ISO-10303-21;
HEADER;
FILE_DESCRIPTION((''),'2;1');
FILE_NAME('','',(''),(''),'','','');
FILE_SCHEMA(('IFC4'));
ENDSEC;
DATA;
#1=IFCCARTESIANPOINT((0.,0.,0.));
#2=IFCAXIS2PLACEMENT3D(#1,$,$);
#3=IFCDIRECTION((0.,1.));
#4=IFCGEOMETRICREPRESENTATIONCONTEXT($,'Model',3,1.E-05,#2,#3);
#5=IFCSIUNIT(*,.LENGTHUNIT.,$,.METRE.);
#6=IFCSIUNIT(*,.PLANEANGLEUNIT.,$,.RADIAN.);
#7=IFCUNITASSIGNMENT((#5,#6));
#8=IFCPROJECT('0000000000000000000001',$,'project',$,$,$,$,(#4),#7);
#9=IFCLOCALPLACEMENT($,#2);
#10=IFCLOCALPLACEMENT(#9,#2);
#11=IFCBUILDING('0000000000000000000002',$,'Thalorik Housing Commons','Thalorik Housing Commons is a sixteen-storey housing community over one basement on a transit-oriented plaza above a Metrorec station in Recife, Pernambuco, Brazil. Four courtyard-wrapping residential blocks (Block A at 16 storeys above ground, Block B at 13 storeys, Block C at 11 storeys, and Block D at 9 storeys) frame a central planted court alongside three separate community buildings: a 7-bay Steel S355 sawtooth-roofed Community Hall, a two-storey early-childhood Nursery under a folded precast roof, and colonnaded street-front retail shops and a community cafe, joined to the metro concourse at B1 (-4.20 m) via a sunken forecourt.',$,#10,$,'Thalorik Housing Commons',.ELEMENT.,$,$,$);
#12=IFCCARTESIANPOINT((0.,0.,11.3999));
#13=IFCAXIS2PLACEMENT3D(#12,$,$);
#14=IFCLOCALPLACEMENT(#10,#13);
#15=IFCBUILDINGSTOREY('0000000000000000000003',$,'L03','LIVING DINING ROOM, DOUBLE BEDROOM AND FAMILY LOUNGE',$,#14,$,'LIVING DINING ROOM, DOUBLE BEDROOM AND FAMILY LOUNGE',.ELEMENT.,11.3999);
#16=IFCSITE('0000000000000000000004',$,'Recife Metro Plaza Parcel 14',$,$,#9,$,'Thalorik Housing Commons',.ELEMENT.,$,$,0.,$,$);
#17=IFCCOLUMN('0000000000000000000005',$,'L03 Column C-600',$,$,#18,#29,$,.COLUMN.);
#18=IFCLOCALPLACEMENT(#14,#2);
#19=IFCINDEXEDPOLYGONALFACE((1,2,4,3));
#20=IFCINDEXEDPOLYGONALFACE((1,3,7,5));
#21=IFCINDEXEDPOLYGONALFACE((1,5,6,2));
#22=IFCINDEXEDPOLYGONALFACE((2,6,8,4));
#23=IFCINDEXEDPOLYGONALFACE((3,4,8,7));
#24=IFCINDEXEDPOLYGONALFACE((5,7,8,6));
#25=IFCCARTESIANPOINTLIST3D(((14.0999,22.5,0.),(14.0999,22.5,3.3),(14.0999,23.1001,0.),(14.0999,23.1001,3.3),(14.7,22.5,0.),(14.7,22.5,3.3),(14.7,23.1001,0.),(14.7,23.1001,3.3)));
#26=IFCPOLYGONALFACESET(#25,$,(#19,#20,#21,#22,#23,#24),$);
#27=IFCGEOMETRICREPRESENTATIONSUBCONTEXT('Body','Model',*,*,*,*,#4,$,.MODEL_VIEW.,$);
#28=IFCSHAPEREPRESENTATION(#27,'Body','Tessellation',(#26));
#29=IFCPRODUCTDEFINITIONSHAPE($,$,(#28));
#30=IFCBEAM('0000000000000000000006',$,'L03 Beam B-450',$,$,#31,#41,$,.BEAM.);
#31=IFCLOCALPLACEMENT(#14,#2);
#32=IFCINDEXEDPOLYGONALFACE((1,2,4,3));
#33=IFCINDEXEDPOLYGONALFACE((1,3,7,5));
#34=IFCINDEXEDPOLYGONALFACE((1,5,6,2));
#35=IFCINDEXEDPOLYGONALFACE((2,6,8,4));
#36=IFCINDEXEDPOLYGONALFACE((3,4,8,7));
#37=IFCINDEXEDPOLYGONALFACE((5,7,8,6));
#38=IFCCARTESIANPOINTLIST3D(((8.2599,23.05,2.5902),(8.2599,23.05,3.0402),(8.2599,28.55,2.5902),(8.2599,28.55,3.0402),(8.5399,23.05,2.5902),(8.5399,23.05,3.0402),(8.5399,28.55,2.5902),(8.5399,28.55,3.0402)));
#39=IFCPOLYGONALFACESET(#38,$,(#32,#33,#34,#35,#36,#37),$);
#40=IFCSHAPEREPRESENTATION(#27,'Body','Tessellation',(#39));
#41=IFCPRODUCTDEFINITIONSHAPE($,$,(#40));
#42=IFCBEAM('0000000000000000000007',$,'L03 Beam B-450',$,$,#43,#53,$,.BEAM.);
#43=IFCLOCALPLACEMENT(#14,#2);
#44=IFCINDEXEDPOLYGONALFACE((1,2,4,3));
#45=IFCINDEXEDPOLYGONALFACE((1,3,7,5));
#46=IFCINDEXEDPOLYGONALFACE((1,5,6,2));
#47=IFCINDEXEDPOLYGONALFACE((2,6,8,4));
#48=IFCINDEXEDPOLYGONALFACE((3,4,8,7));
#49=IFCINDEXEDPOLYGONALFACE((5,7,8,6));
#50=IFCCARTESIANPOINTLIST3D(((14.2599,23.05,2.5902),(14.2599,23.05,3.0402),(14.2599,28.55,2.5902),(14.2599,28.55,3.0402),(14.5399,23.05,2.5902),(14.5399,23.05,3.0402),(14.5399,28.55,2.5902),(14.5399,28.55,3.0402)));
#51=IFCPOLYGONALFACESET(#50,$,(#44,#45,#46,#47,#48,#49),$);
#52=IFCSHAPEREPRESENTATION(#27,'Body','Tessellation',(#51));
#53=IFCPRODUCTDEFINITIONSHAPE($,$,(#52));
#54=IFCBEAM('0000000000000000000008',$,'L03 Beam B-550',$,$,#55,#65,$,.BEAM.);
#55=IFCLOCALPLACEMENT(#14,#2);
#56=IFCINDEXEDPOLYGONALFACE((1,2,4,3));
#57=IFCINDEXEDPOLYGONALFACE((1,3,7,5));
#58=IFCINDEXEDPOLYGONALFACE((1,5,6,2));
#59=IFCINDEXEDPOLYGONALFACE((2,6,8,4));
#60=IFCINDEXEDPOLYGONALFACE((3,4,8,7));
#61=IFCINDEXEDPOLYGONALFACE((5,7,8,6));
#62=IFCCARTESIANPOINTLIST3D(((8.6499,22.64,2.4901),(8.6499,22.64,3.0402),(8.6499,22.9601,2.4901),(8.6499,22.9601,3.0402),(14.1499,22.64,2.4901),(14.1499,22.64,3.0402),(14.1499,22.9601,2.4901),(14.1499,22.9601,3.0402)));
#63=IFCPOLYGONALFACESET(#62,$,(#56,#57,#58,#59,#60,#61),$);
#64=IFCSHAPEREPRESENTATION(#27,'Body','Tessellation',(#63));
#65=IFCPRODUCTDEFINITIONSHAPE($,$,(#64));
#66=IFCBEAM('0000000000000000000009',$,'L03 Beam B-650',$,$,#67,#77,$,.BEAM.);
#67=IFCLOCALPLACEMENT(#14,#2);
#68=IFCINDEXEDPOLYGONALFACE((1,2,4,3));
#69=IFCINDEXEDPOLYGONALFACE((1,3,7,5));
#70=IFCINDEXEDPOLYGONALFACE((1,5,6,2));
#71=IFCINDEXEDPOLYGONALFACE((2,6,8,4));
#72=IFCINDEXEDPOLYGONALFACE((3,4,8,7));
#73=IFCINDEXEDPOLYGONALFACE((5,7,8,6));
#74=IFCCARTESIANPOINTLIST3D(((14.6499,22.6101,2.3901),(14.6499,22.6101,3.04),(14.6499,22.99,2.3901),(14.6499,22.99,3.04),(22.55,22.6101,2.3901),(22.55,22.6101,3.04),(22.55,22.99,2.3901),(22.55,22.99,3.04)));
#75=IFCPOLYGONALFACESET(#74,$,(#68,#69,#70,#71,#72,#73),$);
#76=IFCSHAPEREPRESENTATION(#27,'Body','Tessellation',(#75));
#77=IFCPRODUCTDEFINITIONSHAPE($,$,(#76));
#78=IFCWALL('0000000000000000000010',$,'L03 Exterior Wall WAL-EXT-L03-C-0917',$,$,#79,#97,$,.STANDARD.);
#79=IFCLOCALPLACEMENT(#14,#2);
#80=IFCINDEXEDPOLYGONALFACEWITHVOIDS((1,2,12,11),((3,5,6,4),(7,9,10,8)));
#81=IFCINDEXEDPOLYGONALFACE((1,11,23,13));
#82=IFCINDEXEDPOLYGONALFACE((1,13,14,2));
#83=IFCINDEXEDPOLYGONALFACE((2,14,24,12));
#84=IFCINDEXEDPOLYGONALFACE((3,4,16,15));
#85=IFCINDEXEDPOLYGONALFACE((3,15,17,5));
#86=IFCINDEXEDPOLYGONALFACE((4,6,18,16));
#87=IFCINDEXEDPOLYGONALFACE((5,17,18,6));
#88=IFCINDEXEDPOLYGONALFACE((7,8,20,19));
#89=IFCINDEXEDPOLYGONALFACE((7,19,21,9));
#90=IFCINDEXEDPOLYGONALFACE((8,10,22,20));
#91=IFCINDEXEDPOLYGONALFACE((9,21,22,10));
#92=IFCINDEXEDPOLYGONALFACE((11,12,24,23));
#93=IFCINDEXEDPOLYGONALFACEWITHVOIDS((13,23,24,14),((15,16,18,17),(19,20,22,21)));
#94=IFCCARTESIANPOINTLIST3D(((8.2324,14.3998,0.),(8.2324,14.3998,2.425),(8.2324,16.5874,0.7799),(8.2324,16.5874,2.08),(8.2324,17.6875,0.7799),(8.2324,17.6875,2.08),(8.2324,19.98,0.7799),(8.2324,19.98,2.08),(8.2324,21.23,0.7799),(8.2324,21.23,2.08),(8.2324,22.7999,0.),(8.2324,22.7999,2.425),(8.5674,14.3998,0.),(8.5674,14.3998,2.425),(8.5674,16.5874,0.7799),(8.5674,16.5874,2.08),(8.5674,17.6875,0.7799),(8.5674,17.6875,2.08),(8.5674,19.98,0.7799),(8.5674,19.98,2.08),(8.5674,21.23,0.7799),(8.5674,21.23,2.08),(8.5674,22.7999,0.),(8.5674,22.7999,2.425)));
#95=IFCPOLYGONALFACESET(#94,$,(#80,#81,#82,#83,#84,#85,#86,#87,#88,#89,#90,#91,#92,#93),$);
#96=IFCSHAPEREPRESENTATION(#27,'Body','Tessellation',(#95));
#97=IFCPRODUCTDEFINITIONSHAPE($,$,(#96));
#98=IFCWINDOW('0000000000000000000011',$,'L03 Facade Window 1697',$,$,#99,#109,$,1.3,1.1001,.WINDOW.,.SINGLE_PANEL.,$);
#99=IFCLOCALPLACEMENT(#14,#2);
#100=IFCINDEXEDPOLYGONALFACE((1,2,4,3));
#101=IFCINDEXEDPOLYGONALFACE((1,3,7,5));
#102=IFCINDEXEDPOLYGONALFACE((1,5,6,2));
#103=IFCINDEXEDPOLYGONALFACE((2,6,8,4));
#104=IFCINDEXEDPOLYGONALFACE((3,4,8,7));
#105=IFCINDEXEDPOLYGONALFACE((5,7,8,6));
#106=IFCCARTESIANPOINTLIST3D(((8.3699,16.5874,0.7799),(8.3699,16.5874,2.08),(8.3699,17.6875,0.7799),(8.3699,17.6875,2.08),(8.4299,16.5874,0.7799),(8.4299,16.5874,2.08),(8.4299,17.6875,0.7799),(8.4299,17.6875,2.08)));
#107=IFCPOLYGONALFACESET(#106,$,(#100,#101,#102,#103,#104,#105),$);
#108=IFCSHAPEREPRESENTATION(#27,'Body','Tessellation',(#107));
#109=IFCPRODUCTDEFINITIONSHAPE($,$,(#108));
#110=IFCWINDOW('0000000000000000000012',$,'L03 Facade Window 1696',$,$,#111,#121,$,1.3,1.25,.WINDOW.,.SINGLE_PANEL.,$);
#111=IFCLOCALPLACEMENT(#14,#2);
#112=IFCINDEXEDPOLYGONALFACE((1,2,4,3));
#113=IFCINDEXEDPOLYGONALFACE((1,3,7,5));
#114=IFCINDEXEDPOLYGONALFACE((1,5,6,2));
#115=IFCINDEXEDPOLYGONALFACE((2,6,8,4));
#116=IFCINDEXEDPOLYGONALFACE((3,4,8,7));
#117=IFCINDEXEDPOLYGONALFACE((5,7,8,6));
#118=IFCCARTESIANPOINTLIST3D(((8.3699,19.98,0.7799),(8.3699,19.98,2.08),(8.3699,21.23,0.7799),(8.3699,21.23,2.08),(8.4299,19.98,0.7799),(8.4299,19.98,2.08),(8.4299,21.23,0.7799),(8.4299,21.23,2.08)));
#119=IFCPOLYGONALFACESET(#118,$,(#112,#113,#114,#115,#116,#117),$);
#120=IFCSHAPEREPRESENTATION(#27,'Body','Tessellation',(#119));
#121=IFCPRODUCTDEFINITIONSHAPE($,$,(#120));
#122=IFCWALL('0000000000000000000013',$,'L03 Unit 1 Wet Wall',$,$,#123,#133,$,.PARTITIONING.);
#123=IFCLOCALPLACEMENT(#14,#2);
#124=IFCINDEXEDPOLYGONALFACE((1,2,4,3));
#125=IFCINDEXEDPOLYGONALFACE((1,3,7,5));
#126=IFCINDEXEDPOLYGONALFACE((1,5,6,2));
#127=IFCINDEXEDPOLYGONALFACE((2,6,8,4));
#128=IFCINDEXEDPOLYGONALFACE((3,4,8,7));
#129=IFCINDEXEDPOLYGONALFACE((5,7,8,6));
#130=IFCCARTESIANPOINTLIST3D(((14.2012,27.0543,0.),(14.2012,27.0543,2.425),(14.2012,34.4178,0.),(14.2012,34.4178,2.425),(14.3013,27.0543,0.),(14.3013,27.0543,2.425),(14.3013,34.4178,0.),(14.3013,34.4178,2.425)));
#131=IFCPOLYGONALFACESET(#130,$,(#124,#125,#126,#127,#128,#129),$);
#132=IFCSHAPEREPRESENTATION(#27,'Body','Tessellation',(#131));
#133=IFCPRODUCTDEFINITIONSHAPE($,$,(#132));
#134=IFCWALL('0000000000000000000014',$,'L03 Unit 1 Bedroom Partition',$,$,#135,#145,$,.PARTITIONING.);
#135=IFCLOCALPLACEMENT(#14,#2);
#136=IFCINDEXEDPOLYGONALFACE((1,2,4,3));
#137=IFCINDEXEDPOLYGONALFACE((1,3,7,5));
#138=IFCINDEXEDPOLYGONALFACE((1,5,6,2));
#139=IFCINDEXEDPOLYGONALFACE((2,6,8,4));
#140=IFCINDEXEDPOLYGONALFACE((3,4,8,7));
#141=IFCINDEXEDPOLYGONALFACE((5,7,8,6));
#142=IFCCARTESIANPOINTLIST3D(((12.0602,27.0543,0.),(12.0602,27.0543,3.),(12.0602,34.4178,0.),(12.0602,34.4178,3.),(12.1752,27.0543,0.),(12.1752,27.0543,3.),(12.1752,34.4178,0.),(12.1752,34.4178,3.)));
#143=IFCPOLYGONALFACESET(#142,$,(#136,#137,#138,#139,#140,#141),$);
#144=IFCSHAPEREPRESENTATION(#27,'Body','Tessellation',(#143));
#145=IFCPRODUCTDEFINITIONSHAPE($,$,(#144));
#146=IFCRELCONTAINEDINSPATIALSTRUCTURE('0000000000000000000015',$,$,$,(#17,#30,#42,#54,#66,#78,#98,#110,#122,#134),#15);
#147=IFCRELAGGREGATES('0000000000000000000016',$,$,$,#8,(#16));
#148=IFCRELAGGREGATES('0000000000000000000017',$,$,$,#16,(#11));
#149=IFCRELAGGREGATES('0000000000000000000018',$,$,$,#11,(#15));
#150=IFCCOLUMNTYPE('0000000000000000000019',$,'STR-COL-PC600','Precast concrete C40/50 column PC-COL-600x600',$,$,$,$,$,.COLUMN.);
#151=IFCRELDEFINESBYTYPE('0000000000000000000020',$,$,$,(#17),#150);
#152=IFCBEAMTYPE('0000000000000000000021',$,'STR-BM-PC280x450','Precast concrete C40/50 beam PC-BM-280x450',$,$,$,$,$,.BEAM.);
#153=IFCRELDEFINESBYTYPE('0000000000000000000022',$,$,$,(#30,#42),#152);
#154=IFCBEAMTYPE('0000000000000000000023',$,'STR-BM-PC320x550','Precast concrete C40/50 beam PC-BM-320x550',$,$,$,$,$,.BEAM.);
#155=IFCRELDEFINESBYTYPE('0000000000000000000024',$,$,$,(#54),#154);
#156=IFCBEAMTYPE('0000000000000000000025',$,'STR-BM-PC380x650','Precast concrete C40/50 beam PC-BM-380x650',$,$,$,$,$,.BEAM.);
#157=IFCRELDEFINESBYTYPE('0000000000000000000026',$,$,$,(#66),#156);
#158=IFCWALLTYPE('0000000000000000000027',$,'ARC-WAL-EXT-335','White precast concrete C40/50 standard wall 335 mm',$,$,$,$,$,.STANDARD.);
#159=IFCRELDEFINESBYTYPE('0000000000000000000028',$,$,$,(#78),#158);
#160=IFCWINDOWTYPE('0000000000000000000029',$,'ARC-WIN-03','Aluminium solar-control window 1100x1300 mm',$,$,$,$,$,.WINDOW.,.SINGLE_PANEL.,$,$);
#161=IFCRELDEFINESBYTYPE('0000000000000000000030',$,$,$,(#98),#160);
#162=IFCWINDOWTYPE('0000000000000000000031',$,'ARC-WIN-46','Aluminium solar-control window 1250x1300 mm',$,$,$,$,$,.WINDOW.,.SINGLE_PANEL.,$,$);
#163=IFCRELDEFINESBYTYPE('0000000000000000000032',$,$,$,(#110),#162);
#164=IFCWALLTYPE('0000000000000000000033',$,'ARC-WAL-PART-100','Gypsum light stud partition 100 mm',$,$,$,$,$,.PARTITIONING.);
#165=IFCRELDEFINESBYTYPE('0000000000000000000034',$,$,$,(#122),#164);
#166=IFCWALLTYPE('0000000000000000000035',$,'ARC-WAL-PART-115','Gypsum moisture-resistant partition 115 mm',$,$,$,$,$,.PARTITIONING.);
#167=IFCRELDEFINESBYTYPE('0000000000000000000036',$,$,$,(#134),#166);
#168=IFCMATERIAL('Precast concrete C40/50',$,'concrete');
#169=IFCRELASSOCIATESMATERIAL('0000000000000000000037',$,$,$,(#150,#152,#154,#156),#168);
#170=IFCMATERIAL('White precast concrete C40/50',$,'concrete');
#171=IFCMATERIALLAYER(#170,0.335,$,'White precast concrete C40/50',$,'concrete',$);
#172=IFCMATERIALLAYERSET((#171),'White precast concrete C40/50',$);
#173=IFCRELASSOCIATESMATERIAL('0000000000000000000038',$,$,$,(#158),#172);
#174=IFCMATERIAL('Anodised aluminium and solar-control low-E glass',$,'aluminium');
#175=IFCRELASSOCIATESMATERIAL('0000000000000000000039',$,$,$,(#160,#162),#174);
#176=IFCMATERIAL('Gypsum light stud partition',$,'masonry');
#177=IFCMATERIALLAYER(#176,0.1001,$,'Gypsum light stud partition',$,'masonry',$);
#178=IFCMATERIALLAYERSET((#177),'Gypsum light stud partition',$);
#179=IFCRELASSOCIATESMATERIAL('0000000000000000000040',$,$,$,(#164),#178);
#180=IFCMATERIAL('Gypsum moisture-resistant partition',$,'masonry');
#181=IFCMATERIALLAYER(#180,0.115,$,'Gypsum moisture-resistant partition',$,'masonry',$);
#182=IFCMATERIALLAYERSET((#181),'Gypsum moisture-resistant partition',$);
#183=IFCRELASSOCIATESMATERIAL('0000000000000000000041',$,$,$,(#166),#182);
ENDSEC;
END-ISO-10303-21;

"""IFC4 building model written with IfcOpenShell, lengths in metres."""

from ifc_helpers import new_model, si_unit, direction, frame, frame_2d, origin, origin_2d, place, context, subcontext, project, spatial, rectangle, extrude, material, layer, layer_set, material_profile, profile_set, type_object, element, fill, save


model = new_model("IFC4")

# Units and contexts
model_context = context("Model", 3, precision=1e-05, world=origin(), true_north=direction((0.0, 1.0)))
body_context = subcontext(model_context, "Body", "Model", "MODEL_VIEW")
ifc_project = project(units=[si_unit("LENGTHUNIT", "METRE"), si_unit("PLANEANGLEUNIT", "RADIAN")], contexts=[model_context])

# Site, building, storey
site_placement = place(None, origin())
site = spatial("IfcSite", under=ifc_project, at=site_placement, Name="Recife Metro Plaza Parcel 14", LongName="Thalorik Housing Commons", CompositionType="ELEMENT", RefElevation=0.0)
building_placement = place(site_placement, origin())
building = spatial("IfcBuilding", under=site, at=building_placement, Name="Thalorik Housing Commons", Description="Thalorik Housing Commons is a sixteen-storey housing community over one basement on a transit-oriented plaza above a Metrorec station in Recife, Pernambuco, Brazil. Four courtyard-wrapping residential blocks (Block A at 16 storeys above ground, Block B at 13 storeys, Block C at 11 storeys, and Block D at 9 storeys) frame a central planted court alongside three separate community buildings: a 7-bay Steel S355 sawtooth-roofed Community Hall, a two-storey early-childhood Nursery under a folded precast roof, and colonnaded street-front retail shops and a community cafe, joined to the metro concourse at B1 (-4.20 m) via a sunken forecourt.", LongName="Thalorik Housing Commons", CompositionType="ELEMENT")
storey_placement = place(building_placement, frame((0.0, 0.0, 11.3999)))
storey = spatial("IfcBuildingStorey", under=building, at=storey_placement, Name="L03", Description="LIVING DINING ROOM, DOUBLE BEDROOM AND FAMILY LOUNGE", LongName="LIVING DINING ROOM, DOUBLE BEDROOM AND FAMILY LOUNGE", CompositionType="ELEMENT", Elevation=11.3999)

# Column
ifc_material_1 = material(Name="Precast concrete C40/50", Category="concrete")
ifc_material_profile_1 = material_profile(ifc_material_1, rectangle(XDim=0.6001, YDim=0.6001, at=origin_2d()), Name="PC 600x600", Category="concrete")
ifc_profile_set_1 = profile_set([ifc_material_profile_1], Name="Precast concrete C40/50")
column_type = type_object("IfcColumnType", Name="STR-COL-PC600", Description="Precast concrete C40/50 column PC-COL-600x600", PredefinedType="COLUMN", material=ifc_profile_set_1)
column_placement = place(storey_placement, frame((14.3999, 22.8, 0.0), z_axis=(0.0, 0.0, 1.0), x_axis=(1.0, 0.0, 0.0)))
element("IfcColumn", 1, at=column_placement, inside=storey, type_object=column_type, Name="L03 Column C-600", PredefinedType="COLUMN", context=body_context, shape_type="SweptSolid", body=[
    extrude(rectangle(XDim=0.6001, YDim=0.6001, at=origin_2d()), origin(), (0.0, 0.0, 1.0), 3.3),
])

# Beams
ifc_material_profile_2 = material_profile(ifc_material_1, rectangle(XDim=0.28, YDim=0.45, at=origin_2d()), Name="PC 280x450", Category="concrete")
ifc_profile_set_2 = profile_set([ifc_material_profile_2], Name="Precast concrete C40/50")
beam_type_1 = type_object("IfcBeamType", Name="STR-BM-PC280x450", Description="Precast concrete C40/50 beam PC-BM-280x450", PredefinedType="BEAM", material=ifc_profile_set_2)
for number, where, z_axis, x_axis, name in (
    (2, (8.3999, 23.05, 2.8152), (0.0, 1.0, 0.0), (-1.0, 0.0, 0.0), "L03 Beam B-450"),
    (3, (14.3999, 23.05, 2.8152), (0.0, 1.0, 0.0), (-1.0, 0.0, 0.0), "L03 Beam B-450"),
):
    element("IfcBeam", number, at=place(storey_placement, frame(where, z_axis=z_axis, x_axis=x_axis)), inside=storey, type_object=beam_type_1, Name=name, PredefinedType="BEAM", context=body_context, shape_type="SweptSolid", body=[
        extrude(rectangle(XDim=0.28, YDim=0.45, at=origin_2d()), origin(), (0.0, 0.0, 1.0), 5.5),
    ])
ifc_material_profile_3 = material_profile(ifc_material_1, rectangle(XDim=0.3201, YDim=0.55, at=origin_2d()), Name="PC 320x550", Category="concrete")
ifc_profile_set_3 = profile_set([ifc_material_profile_3], Name="Precast concrete C40/50")
beam_type_2 = type_object("IfcBeamType", Name="STR-BM-PC320x550", Description="Precast concrete C40/50 beam PC-BM-320x550", PredefinedType="BEAM", material=ifc_profile_set_3)
beam_1_placement = place(storey_placement, frame((8.6499, 22.8, 2.7651), z_axis=(1.0, 0.0, 0.0), x_axis=(0.0, 1.0, 0.0)))
element("IfcBeam", 4, at=beam_1_placement, inside=storey, type_object=beam_type_2, Name="L03 Beam B-550", PredefinedType="BEAM", context=body_context, shape_type="SweptSolid", body=[
    extrude(rectangle(XDim=0.3201, YDim=0.55, at=origin_2d()), origin(), (0.0, 0.0, 1.0), 5.5),
])
ifc_material_profile_4 = material_profile(ifc_material_1, rectangle(XDim=0.3799, YDim=0.6499, at=origin_2d()), Name="PC 380x650", Category="concrete")
ifc_profile_set_4 = profile_set([ifc_material_profile_4], Name="Precast concrete C40/50")
beam_type_3 = type_object("IfcBeamType", Name="STR-BM-PC380x650", Description="Precast concrete C40/50 beam PC-BM-380x650", PredefinedType="BEAM", material=ifc_profile_set_4)
beam_2_placement = place(storey_placement, frame((14.6499, 22.8, 2.7151), z_axis=(1.0, 0.0, 0.0), x_axis=(0.0, 1.0, 0.0)))
element("IfcBeam", 5, at=beam_2_placement, inside=storey, type_object=beam_type_3, Name="L03 Beam B-650", PredefinedType="BEAM", context=body_context, shape_type="SweptSolid", body=[
    extrude(rectangle(XDim=0.3799, YDim=0.6499, at=origin_2d()), origin(), (0.0, 0.0, 1.0), 7.9001),
])

# Wall, openings, windows
ifc_material_2 = material(Name="White precast concrete C40/50", Category="concrete")
ifc_layer_1 = layer(ifc_material_2, 0.335, Name="White precast concrete C40/50", Category="concrete")
ifc_layer_set_1 = layer_set([ifc_layer_1], Name="White precast concrete C40/50")
wall_type_1 = type_object("IfcWallType", Name="ARC-WAL-EXT-335", Description="White precast concrete C40/50 standard wall 335 mm", PredefinedType="STANDARD", material=ifc_layer_set_1)
wall_1_placement = place(storey_placement, frame((8.3999, 22.8, 0.0), z_axis=(0.0, 0.0, 1.0), x_axis=(0.0, -1.0, 0.0)))
wall_1 = element("IfcWall", 6, at=wall_1_placement, inside=storey, type_object=wall_type_1, Name="L03 Exterior Wall WAL-EXT-L03-C-0917", PredefinedType="STANDARD", context=body_context, shape_type="SweptSolid", body=[
    extrude(rectangle(XDim=8.4001, YDim=0.335, at=frame_2d((4.2002, 0.0))), origin(), (0.0, 0.0, 1.0), 2.425),
])
opening_1_placement = place(wall_1_placement, frame((1.5701, 0.0, 0.78)))
opening_1 = element("IfcOpeningElement", 7, at=opening_1_placement, cuts=wall_1, PredefinedType="OPENING", context=body_context, shape_type="SweptSolid", body=[
    extrude(rectangle(XDim=1.25, YDim=1.3, at=frame_2d((0.625, 0.6499))), frame((0.0, 0.1775, 0.0), z_axis=(0.0, -1.0, 0.0), x_axis=(1.0, 0.0, 0.0)), (0.0, 0.0, 1.0), 0.355),
])
opening_2_placement = place(wall_1_placement, frame((5.1125, 0.0, 0.78)))
opening_2 = element("IfcOpeningElement", 8, at=opening_2_placement, cuts=wall_1, PredefinedType="OPENING", context=body_context, shape_type="SweptSolid", body=[
    extrude(rectangle(XDim=1.1001, YDim=1.3, at=frame_2d((0.55, 0.6499))), frame((0.0, 0.1775, 0.0), z_axis=(0.0, -1.0, 0.0), x_axis=(1.0, 0.0, 0.0)), (0.0, 0.0, 1.0), 0.355),
])
ifc_material_3 = material(Name="Anodised aluminium and solar-control low-E glass", Category="aluminium")
window_type_1 = type_object("IfcWindowType", Name="ARC-WIN-03", Description="Aluminium solar-control window 1100x1300 mm", PartitioningType="SINGLE_PANEL", PredefinedType="WINDOW", material=ifc_material_3)
window_1_placement = place(opening_2_placement, origin())
window_1 = element("IfcWindow", 9, at=window_1_placement, inside=storey, type_object=window_type_1, Name="L03 Facade Window 1697", OverallHeight=1.3, OverallWidth=1.1001, PartitioningType="SINGLE_PANEL", PredefinedType="WINDOW", context=body_context, shape_type="SweptSolid", body=[
    extrude(rectangle(XDim=1.1001, YDim=1.3, at=frame_2d((0.55, 0.6499))), frame((0.0, 0.03, 0.0), z_axis=(0.0, -1.0, 0.0), x_axis=(1.0, 0.0, 0.0)), (0.0, 0.0, 1.0), 0.0601),
])
fill(opening_2, window_1)
window_type_2 = type_object("IfcWindowType", Name="ARC-WIN-46", Description="Aluminium solar-control window 1250x1300 mm", PartitioningType="SINGLE_PANEL", PredefinedType="WINDOW", material=ifc_material_3)
window_2_placement = place(opening_1_placement, origin())
window_2 = element("IfcWindow", 10, at=window_2_placement, inside=storey, type_object=window_type_2, Name="L03 Facade Window 1696", OverallHeight=1.3, OverallWidth=1.25, PartitioningType="SINGLE_PANEL", PredefinedType="WINDOW", context=body_context, shape_type="SweptSolid", body=[
    extrude(rectangle(XDim=1.25, YDim=1.3, at=frame_2d((0.625, 0.6499))), frame((0.0, 0.03, 0.0), z_axis=(0.0, -1.0, 0.0), x_axis=(1.0, 0.0, 0.0)), (0.0, 0.0, 1.0), 0.0601),
])
fill(opening_1, window_2)

# Walls
ifc_material_4 = material(Name="Gypsum light stud partition", Category="masonry")
ifc_layer_2 = layer(ifc_material_4, 0.1001, Name="Gypsum light stud partition", Category="masonry")
ifc_layer_set_2 = layer_set([ifc_layer_2], Name="Gypsum light stud partition")
wall_type_2 = type_object("IfcWallType", Name="ARC-WAL-PART-100", Description="Gypsum light stud partition 100 mm", PredefinedType="PARTITIONING", material=ifc_layer_set_2)
wall_2_placement = place(storey_placement, frame((14.2512, 27.0544, 0.0), z_axis=(0.0, 0.0, 1.0), x_axis=(0.0, 1.0, 0.0)))
element("IfcWall", 11, at=wall_2_placement, inside=storey, type_object=wall_type_2, Name="L03 Unit 1 Wet Wall", PredefinedType="PARTITIONING", context=body_context, shape_type="SweptSolid", body=[
    extrude(rectangle(XDim=7.3635, YDim=0.1001, at=frame_2d((3.6816, 0.0))), origin(), (0.0, 0.0, 1.0), 2.425),
])
ifc_material_5 = material(Name="Gypsum moisture-resistant partition", Category="masonry")
ifc_layer_3 = layer(ifc_material_5, 0.115, Name="Gypsum moisture-resistant partition", Category="masonry")
ifc_layer_set_3 = layer_set([ifc_layer_3], Name="Gypsum moisture-resistant partition")
wall_type_3 = type_object("IfcWallType", Name="ARC-WAL-PART-115", Description="Gypsum moisture-resistant partition 115 mm", PredefinedType="PARTITIONING", material=ifc_layer_set_3)
wall_3_placement = place(storey_placement, frame((12.1177, 27.0544, 0.0), z_axis=(0.0, 0.0, 1.0), x_axis=(0.0, 1.0, 0.0)))
element("IfcWall", 12, at=wall_3_placement, inside=storey, type_object=wall_type_3, Name="L03 Unit 1 Bedroom Partition", PredefinedType="PARTITIONING", context=body_context, shape_type="SweptSolid", body=[
    extrude(rectangle(XDim=7.3635, YDim=0.115, at=frame_2d((3.6816, 0.0))), origin(), (0.0, 0.0, 1.0), 3.0),
])

save(model, "model.ifc")
